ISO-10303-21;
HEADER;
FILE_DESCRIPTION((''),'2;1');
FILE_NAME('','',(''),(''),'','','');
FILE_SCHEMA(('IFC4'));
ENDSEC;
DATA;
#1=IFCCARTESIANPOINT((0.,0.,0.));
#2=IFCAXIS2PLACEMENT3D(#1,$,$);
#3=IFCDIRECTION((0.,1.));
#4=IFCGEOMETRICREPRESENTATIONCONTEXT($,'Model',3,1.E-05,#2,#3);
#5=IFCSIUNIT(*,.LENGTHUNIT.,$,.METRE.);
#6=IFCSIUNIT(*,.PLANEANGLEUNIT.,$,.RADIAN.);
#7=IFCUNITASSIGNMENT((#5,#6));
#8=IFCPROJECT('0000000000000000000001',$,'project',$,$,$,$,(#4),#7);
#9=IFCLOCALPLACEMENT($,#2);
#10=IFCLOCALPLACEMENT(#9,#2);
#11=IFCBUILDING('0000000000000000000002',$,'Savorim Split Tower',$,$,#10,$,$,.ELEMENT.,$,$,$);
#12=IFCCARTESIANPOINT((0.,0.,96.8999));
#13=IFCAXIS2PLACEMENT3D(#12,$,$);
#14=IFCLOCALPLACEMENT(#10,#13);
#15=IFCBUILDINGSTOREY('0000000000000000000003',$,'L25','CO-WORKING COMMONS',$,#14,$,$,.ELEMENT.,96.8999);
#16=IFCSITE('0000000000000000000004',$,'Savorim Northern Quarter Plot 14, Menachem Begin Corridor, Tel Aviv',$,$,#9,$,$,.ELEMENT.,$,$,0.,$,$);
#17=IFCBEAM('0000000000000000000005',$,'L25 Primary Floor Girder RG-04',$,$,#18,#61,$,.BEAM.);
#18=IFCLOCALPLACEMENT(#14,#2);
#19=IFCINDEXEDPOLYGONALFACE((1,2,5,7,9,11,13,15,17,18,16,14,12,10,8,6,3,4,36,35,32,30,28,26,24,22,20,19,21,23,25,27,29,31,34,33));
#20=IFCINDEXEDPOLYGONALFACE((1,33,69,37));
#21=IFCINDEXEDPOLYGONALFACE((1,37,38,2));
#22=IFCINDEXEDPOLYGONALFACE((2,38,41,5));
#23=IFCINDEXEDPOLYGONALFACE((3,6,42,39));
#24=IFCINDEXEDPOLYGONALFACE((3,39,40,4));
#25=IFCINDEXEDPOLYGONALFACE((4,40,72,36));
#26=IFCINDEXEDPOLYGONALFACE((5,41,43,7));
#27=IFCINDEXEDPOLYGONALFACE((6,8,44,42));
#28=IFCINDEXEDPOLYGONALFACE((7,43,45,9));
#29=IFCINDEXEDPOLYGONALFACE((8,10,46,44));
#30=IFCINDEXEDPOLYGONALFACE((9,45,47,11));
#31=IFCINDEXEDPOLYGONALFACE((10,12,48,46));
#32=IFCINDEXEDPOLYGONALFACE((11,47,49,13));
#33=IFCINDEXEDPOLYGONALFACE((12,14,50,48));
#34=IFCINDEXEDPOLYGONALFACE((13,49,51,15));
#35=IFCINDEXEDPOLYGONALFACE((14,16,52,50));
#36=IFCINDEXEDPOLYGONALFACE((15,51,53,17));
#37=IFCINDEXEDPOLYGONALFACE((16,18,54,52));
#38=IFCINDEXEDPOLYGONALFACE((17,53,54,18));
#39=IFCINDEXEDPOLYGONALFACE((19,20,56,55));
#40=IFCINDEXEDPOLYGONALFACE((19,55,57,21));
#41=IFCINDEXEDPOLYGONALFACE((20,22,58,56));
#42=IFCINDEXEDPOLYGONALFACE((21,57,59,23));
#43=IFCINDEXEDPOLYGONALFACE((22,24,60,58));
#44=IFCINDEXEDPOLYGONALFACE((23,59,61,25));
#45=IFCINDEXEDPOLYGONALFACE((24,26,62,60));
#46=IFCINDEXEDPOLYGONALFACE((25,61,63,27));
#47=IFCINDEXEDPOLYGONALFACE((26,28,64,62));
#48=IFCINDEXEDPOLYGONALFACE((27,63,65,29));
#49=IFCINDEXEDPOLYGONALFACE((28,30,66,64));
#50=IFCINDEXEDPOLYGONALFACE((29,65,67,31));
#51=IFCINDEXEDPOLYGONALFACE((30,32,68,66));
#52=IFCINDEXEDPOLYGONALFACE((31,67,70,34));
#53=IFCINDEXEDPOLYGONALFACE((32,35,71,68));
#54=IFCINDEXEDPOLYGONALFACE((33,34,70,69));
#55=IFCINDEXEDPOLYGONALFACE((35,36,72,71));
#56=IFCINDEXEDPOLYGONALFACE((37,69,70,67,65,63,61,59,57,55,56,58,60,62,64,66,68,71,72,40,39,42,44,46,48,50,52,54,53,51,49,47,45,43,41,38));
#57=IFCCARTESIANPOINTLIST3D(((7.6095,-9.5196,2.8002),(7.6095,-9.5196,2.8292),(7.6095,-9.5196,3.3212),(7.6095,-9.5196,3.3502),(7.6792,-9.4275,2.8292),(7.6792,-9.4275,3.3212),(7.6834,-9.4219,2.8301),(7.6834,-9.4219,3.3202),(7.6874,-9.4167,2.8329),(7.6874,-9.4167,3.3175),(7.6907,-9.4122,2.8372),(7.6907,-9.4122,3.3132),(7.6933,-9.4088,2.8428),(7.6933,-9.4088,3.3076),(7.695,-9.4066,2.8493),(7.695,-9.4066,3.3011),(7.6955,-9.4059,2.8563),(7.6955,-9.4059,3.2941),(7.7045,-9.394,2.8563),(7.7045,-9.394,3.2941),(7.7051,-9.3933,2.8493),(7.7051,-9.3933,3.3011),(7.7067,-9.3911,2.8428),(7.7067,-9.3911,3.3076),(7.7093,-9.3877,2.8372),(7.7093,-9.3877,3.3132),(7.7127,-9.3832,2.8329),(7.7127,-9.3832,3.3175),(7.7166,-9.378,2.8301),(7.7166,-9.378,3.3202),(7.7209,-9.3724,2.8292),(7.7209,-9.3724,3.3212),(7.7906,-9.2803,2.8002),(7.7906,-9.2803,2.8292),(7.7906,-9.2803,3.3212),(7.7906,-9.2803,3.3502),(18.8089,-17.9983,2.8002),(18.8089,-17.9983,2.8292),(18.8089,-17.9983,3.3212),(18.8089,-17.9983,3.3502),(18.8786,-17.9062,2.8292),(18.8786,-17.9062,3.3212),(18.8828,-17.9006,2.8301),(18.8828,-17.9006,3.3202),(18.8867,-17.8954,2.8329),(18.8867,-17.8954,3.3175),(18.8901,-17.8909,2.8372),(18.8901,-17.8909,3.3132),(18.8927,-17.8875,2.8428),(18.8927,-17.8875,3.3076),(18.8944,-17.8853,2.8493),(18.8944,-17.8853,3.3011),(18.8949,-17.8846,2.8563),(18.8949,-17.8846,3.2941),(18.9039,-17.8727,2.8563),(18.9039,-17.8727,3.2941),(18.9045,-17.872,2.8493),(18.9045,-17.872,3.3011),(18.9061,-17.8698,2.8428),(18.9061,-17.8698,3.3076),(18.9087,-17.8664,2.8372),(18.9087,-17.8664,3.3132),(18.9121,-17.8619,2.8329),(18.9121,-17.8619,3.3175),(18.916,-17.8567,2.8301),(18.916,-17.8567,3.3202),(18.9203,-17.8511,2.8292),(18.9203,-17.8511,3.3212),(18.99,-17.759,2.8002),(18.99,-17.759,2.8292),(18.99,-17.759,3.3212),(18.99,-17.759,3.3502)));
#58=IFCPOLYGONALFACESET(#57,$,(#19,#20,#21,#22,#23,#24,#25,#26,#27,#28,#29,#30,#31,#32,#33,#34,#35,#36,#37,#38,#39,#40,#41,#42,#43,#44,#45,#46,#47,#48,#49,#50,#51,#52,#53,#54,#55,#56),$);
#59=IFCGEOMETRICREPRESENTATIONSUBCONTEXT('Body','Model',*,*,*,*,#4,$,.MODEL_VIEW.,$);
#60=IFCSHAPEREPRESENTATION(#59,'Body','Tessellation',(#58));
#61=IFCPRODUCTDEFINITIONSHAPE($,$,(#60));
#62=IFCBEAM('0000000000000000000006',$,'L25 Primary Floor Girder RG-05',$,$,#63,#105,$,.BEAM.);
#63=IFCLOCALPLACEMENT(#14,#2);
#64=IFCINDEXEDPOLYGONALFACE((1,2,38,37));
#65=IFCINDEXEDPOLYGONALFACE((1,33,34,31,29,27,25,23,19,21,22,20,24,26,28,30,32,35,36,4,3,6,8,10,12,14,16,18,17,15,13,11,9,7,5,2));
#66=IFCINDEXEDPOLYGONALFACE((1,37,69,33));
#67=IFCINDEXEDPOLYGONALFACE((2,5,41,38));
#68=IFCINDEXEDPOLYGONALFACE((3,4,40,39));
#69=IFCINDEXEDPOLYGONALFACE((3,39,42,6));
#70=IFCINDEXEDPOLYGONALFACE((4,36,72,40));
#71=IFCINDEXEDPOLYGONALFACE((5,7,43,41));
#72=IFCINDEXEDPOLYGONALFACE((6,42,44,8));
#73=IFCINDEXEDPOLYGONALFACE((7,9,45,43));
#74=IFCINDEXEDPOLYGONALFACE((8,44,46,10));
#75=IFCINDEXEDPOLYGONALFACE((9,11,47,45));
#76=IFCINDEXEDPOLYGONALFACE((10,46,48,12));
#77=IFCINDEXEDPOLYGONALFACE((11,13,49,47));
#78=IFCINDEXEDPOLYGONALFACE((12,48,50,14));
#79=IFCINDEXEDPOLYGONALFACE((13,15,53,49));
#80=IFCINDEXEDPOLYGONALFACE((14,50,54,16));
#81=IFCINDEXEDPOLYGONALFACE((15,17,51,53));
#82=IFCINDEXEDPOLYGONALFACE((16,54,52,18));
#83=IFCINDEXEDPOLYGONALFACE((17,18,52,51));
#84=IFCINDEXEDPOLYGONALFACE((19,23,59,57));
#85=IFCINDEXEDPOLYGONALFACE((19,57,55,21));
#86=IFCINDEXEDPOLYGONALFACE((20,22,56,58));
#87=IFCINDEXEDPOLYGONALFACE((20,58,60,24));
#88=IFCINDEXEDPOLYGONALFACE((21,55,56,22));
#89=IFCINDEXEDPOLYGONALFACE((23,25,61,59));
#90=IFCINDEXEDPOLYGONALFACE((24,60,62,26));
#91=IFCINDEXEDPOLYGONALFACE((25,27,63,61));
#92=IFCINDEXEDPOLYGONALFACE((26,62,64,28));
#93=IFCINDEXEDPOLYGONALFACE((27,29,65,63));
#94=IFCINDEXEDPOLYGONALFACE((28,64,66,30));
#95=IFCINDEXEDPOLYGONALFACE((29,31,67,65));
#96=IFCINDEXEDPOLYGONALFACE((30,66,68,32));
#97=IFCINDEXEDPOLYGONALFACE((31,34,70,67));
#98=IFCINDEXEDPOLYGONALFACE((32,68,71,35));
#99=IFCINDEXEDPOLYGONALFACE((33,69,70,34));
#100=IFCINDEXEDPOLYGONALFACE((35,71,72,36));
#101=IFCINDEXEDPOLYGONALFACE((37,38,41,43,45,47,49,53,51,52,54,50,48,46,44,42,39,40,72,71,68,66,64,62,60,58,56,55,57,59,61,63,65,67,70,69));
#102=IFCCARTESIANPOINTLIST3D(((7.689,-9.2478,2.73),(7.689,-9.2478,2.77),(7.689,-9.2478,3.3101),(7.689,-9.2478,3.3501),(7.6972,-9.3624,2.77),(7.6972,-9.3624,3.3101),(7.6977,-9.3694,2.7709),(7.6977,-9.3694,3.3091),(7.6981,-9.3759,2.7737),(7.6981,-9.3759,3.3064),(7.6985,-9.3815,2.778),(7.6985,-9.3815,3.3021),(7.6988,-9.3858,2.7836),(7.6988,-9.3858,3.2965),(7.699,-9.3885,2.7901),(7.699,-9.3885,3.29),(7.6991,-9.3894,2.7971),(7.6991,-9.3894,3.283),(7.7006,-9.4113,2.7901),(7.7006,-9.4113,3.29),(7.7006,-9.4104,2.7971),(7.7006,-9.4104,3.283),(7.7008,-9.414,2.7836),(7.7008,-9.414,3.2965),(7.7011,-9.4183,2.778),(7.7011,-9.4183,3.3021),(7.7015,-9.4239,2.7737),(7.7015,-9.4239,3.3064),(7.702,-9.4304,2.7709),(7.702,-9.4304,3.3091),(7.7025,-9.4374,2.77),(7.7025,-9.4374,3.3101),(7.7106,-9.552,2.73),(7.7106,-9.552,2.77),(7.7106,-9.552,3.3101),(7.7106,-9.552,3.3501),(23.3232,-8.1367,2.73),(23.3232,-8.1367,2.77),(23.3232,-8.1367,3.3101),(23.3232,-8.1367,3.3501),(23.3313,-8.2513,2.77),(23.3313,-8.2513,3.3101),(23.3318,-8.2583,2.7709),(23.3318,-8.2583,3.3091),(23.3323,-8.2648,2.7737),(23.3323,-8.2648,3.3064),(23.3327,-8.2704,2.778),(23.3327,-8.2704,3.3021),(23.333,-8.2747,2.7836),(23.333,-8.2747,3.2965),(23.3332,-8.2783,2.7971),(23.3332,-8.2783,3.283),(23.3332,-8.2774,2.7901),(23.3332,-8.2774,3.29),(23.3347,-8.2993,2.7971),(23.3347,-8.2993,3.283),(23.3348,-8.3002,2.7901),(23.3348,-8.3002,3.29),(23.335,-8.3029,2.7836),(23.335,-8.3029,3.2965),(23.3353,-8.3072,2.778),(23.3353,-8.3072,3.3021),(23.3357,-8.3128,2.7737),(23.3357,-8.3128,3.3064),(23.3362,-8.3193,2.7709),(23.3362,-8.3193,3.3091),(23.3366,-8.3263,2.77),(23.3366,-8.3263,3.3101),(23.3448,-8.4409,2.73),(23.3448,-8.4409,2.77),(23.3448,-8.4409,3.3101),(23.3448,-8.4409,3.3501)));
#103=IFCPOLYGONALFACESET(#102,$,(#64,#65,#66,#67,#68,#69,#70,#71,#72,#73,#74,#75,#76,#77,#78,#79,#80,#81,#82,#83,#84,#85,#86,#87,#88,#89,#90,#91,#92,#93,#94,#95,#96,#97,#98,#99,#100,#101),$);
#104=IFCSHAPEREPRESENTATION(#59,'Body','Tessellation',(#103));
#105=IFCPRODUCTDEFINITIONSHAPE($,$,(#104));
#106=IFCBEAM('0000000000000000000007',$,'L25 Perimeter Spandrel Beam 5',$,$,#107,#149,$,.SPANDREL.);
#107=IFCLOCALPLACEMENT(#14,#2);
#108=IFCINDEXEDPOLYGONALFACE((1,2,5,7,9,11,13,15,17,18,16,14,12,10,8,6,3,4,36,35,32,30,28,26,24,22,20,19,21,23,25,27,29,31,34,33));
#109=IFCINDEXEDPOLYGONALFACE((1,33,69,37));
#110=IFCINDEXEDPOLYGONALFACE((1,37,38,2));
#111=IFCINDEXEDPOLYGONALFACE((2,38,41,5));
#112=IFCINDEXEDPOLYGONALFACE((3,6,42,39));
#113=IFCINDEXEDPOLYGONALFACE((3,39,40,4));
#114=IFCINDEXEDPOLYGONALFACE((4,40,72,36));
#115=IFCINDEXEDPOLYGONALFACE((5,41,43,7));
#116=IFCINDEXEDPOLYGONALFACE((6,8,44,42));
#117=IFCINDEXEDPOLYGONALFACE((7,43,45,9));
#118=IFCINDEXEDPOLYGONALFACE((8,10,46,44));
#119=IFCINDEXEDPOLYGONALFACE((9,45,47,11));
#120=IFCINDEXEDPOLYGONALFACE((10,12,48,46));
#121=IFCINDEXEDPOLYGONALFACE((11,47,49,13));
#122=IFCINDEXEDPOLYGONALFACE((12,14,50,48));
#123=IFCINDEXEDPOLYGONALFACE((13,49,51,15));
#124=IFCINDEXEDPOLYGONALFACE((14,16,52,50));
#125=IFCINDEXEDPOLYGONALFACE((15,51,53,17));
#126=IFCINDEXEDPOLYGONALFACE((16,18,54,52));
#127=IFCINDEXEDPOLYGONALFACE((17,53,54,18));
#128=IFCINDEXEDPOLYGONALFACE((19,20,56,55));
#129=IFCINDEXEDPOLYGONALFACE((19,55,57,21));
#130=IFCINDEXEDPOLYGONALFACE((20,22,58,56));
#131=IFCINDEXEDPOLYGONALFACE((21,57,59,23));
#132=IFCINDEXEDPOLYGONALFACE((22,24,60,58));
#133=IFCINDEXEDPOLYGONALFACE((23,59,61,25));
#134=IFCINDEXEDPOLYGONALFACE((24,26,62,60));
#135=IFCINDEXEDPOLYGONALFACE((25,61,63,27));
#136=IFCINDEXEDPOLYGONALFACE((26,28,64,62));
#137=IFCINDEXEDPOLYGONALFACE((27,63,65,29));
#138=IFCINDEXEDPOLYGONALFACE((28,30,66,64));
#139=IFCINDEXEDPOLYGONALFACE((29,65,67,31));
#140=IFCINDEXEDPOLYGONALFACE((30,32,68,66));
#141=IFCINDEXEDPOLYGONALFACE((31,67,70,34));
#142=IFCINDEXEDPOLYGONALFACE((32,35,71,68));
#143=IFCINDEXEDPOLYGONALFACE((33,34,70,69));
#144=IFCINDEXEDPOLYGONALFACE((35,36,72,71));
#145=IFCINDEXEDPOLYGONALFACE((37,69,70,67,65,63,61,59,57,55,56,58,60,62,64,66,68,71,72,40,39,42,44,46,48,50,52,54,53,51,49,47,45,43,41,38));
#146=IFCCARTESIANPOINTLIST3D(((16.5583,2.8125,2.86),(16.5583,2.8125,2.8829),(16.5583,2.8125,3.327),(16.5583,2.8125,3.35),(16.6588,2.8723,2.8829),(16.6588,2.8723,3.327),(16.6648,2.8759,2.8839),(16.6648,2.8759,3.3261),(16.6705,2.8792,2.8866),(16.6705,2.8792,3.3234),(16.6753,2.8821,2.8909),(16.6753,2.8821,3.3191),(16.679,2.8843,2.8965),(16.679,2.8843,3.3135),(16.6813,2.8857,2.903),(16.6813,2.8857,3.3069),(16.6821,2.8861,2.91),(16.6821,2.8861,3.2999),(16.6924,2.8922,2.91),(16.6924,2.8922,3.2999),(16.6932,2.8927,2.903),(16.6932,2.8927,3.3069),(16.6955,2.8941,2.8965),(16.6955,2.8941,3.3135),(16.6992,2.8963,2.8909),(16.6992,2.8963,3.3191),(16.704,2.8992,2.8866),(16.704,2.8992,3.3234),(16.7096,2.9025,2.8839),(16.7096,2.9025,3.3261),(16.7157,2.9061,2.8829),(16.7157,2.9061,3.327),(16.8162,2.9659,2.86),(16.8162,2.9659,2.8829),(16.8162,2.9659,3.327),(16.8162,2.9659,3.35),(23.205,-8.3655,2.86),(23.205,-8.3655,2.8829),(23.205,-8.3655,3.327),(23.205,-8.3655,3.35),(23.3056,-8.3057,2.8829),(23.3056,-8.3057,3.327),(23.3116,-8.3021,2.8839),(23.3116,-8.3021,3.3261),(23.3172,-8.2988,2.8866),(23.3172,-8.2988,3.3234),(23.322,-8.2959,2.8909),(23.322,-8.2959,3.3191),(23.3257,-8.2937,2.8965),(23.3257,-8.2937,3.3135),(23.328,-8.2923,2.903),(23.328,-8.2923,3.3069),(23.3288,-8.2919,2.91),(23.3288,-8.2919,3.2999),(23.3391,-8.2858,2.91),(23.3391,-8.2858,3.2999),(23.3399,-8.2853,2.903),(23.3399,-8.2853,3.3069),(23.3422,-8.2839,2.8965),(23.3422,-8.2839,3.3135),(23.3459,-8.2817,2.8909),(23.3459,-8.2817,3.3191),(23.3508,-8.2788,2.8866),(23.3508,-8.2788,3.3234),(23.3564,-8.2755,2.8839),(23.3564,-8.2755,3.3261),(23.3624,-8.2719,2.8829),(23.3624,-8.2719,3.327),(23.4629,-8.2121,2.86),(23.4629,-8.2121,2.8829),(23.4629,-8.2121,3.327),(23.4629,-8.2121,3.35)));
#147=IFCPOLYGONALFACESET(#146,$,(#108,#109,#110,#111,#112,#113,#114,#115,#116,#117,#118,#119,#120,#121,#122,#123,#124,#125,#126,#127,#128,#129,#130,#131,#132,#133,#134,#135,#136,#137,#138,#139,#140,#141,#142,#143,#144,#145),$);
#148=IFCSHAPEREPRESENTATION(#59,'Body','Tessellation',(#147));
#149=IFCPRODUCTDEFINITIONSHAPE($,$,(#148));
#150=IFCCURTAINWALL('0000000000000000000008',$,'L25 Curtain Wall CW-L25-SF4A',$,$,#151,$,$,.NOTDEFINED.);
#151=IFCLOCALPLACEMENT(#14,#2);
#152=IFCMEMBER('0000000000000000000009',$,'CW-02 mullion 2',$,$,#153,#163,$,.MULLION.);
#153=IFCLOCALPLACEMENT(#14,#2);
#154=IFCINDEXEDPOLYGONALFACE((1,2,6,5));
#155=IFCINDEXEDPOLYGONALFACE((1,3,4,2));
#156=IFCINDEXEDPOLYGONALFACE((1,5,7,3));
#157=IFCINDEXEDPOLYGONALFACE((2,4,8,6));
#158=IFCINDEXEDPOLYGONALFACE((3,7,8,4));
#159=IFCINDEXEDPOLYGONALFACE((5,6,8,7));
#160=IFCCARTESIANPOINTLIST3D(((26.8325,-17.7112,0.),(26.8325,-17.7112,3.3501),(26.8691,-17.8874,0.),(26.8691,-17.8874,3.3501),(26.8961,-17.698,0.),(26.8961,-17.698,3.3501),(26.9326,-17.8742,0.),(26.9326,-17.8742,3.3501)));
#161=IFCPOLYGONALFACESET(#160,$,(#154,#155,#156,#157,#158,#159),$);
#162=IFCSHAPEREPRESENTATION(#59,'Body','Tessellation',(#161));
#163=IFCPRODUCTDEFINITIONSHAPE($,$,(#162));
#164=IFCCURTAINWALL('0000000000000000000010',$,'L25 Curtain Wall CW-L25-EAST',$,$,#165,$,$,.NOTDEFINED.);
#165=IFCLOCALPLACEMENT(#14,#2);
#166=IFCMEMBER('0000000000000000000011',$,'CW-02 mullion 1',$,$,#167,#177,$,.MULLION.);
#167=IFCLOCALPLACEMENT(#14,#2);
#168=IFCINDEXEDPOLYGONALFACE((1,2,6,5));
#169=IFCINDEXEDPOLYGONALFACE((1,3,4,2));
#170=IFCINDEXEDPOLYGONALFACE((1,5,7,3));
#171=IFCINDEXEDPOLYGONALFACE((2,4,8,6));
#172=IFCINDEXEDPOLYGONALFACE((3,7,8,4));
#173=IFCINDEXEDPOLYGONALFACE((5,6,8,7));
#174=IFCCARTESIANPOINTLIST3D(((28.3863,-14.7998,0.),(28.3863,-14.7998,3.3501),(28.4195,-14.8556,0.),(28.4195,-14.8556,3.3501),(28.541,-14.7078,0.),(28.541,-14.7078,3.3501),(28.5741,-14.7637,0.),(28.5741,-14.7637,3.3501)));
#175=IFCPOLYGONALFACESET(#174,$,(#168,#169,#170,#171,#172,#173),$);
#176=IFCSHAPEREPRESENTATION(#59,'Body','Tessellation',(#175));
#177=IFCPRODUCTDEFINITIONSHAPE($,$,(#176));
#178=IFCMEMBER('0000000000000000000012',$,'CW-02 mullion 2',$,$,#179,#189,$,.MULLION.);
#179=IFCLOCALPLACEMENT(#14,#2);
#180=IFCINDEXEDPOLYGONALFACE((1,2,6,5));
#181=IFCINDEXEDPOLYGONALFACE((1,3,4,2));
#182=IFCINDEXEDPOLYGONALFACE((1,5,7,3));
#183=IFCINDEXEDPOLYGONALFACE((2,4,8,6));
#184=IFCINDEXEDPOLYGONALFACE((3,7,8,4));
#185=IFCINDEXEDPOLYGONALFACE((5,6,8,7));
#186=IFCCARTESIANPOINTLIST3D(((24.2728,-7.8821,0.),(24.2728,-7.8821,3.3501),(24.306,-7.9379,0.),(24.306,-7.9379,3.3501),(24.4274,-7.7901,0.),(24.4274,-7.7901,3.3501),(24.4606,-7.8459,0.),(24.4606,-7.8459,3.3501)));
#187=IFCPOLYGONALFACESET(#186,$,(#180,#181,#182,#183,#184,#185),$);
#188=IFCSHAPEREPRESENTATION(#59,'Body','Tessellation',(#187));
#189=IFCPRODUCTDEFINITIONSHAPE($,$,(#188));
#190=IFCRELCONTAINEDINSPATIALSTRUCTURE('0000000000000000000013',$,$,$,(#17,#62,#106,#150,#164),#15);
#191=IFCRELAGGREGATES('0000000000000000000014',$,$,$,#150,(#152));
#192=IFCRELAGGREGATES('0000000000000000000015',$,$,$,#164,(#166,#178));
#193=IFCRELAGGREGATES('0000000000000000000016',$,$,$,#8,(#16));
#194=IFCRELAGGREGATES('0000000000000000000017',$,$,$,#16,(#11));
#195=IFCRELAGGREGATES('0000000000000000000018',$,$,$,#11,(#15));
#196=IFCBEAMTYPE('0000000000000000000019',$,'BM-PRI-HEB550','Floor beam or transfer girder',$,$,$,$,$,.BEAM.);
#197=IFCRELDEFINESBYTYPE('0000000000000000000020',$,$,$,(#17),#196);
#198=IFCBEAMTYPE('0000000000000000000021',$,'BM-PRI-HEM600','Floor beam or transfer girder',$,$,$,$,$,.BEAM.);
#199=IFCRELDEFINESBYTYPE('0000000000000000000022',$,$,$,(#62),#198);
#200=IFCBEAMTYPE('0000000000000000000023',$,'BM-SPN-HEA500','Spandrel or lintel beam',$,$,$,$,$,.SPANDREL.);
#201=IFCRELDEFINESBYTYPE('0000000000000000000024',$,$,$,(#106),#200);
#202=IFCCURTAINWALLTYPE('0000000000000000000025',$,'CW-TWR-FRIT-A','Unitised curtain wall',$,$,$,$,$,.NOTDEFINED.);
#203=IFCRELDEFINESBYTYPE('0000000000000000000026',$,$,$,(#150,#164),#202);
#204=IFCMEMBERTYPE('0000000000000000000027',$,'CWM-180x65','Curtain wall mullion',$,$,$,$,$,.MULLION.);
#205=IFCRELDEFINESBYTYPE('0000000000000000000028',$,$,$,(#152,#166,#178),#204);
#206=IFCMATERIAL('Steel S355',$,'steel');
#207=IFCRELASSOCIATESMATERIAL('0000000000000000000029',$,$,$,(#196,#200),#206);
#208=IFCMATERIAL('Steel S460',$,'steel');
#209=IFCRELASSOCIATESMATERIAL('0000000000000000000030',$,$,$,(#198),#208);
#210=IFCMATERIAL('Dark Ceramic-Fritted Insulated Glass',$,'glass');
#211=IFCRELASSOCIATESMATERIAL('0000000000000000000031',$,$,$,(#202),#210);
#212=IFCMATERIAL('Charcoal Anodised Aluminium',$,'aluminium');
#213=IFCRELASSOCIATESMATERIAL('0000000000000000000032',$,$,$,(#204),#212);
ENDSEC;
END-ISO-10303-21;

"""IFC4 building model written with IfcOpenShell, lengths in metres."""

from ifc_helpers import new_model, si_unit, direction, frame, origin, origin_2d, place, context, subcontext, project, spatial, rectangle, i_section, extrude, material, material_profile, profile_set, type_object, element, aggregate, save


model = new_model("IFC4")

# Units and contexts
model_context = context("Model", 3, precision=1e-05, world=origin(), true_north=direction((0.0, 1.0)))
body_context = subcontext(model_context, "Body", "Model", "MODEL_VIEW")
ifc_project = project(units=[si_unit("LENGTHUNIT", "METRE"), si_unit("PLANEANGLEUNIT", "RADIAN")], contexts=[model_context])

# Site, building, storey
site_placement = place(None, origin())
site = spatial("IfcSite", under=ifc_project, at=site_placement, Name="Savorim Northern Quarter Plot 14, Menachem Begin Corridor, Tel Aviv", CompositionType="ELEMENT", RefElevation=0.0)
building_placement = place(site_placement, origin())
building = spatial("IfcBuilding", under=site, at=building_placement, Name="Savorim Split Tower", CompositionType="ELEMENT")
storey_placement = place(building_placement, frame((0.0, 0.0, 96.8999)))
storey = spatial("IfcBuildingStorey", under=building, at=storey_placement, Name="L25", Description="CO-WORKING COMMONS", CompositionType="ELEMENT", Elevation=96.8999)

# Shared definitions
ifc_material_1 = material(Name="Steel S460", Category="steel")

# Beams
ifc_material_2 = material(Name="Steel S355", Category="steel")
ifc_material_profile_1 = material_profile(ifc_material_2, i_section(OverallWidth=0.3, OverallDepth=0.55, WebThickness=0.0149, FlangeThickness=0.0291, FilletRadius=0.0271, at=origin_2d()), Name="HEB 550")
ifc_profile_set_1 = profile_set([ifc_material_profile_1], Name="Steel S355")
beam_type_1 = type_object("IfcBeamType", Name="BM-PRI-HEB550", Description="Floor beam or transfer girder", PredefinedType="BEAM", material=ifc_profile_set_1)
beam_1_placement = place(storey_placement, frame((18.8994, -17.8787, 3.0752), z_axis=(-0.797287, 0.603601, 0.0), x_axis=(-0.603601, -0.797287, 0.0)))
element("IfcBeam", 1, at=beam_1_placement, inside=storey, type_object=beam_type_1, Name="L25 Primary Floor Girder RG-04", PredefinedType="BEAM", context=body_context, shape_type="SweptSolid", body=[
    extrude(i_section(OverallWidth=0.3, OverallDepth=0.55, WebThickness=0.0149, FlangeThickness=0.0291, FilletRadius=0.0271, at=origin_2d()), origin(), (0.0, 0.0, 1.0), 14.0469),
])
ifc_material_profile_2 = material_profile(ifc_material_1, i_section(OverallWidth=0.3049, OverallDepth=0.6201, WebThickness=0.021, FlangeThickness=0.04, FilletRadius=0.0271, at=origin_2d()), Name="HE 600 M")
ifc_profile_set_2 = profile_set([ifc_material_profile_2], Name="Steel S460")
beam_type_2 = type_object("IfcBeamType", Name="BM-PRI-HEM600", Description="Floor beam or transfer girder", PredefinedType="BEAM", material=ifc_profile_set_2)
beam_2_placement = place(storey_placement, frame((23.334, -8.2888, 3.04), z_axis=(-0.997484, -0.070889, 0.0), x_axis=(0.070889, -0.997484, 0.0)))
element("IfcBeam", 2, at=beam_2_placement, inside=storey, type_object=beam_type_2, Name="L25 Primary Floor Girder RG-05", PredefinedType="BEAM", context=body_context, shape_type="SweptSolid", body=[
    extrude(i_section(OverallWidth=0.3049, OverallDepth=0.6201, WebThickness=0.021, FlangeThickness=0.04, FilletRadius=0.0271, at=origin_2d()), origin(), (0.0, 0.0, 1.0), 15.6736),
])
ifc_material_profile_3 = material_profile(ifc_material_2, i_section(OverallWidth=0.3, OverallDepth=0.49, WebThickness=0.012, FlangeThickness=0.0229, FilletRadius=0.0271, at=origin_2d()), Name="HEA 500")
ifc_profile_set_3 = profile_set([ifc_material_profile_3], Name="Steel S355")
beam_type_3 = type_object("IfcBeamType", Name="BM-SPN-HEA500", Description="Spandrel or lintel beam", PredefinedType="SPANDREL", material=ifc_profile_set_3)
beam_3_placement = place(storey_placement, frame((23.334, -8.2888, 3.105), z_axis=(-0.511096, 0.859524, 0.0), x_axis=(-0.859524, -0.511096, 0.0)))
element("IfcBeam", 3, at=beam_3_placement, inside=storey, type_object=beam_type_3, Name="L25 Perimeter Spandrel Beam 5", PredefinedType="SPANDREL", context=body_context, shape_type="SweptSolid", body=[
    extrude(i_section(OverallWidth=0.3, OverallDepth=0.49, WebThickness=0.012, FlangeThickness=0.0229, FilletRadius=0.0271, at=origin_2d()), origin(), (0.0, 0.0, 1.0), 13.0049),
])

# Curtain wall, member
ifc_material_3 = material(Name="Dark Ceramic-Fritted Insulated Glass", Category="glass")
curtain_wall_type = type_object("IfcCurtainWallType", Name="CW-TWR-FRIT-A", Description="Unitised curtain wall", PredefinedType="NOTDEFINED", material=ifc_material_3)
curtain_wall_1_placement = place(storey_placement, origin())
curtain_wall_1 = element("IfcCurtainWall", 4, at=curtain_wall_1_placement, inside=storey, type_object=curtain_wall_type, Name="L25 Curtain Wall CW-L25-SF4A", PredefinedType="NOTDEFINED")
ifc_material_4 = material(Name="Charcoal Anodised Aluminium", Category="aluminium")
ifc_material_profile_4 = material_profile(ifc_material_4, rectangle(XDim=0.1799, YDim=0.0649, at=origin_2d()), Name="ALU-M 180x65")
ifc_profile_set_4 = profile_set([ifc_material_profile_4], Name="Charcoal Anodised Aluminium")
member_type_1 = type_object("IfcMemberType", Name="CWM-180x65", Description="Curtain wall mullion", PredefinedType="MULLION", material=ifc_profile_set_4)
member_1_placement = place(storey_placement, frame((26.8826, -17.7927, 0.0), z_axis=(0.0, 0.0, 1.0), x_axis=(-0.203218, 0.979133, 0.0)))
member_1 = element("IfcMember", 5, at=member_1_placement, type_object=member_type_1, Name="CW-02 mullion 2", PredefinedType="MULLION", context=body_context, shape_type="SweptSolid", body=[
    extrude(rectangle(XDim=0.1799, YDim=0.0649, at=origin_2d()), origin(), (0.0, 0.0, 1.0), 3.3501),
])
aggregate(curtain_wall_1, [member_1])

# Curtain wall, members
curtain_wall_2_placement = place(storey_placement, origin())
curtain_wall_2 = element("IfcCurtainWall", 6, at=curtain_wall_2_placement, inside=storey, type_object=curtain_wall_type, Name="L25 Curtain Wall CW-L25-EAST", PredefinedType="NOTDEFINED")
member_2_placement = place(storey_placement, frame((28.4802, -14.7817, 0.0), z_axis=(0.0, 0.0, 1.0), x_axis=(-0.859525, -0.511094, 0.0)))
member_2 = element("IfcMember", 7, at=member_2_placement, type_object=member_type_1, Name="CW-02 mullion 1", PredefinedType="MULLION", context=body_context, shape_type="SweptSolid", body=[
    extrude(rectangle(XDim=0.1799, YDim=0.0649, at=origin_2d()), origin(), (0.0, 0.0, 1.0), 3.3501),
])
member_3_placement = place(storey_placement, frame((24.3667, -7.864, 0.0), z_axis=(0.0, 0.0, 1.0), x_axis=(-0.859525, -0.511094, 0.0)))
member_3 = element("IfcMember", 8, at=member_3_placement, type_object=member_type_1, Name="CW-02 mullion 2", PredefinedType="MULLION", context=body_context, shape_type="SweptSolid", body=[
    extrude(rectangle(XDim=0.1799, YDim=0.0649, at=origin_2d()), origin(), (0.0, 0.0, 1.0), 3.3501),
])
aggregate(curtain_wall_2, [member_2, member_3])

save(model, "model.ifc")
